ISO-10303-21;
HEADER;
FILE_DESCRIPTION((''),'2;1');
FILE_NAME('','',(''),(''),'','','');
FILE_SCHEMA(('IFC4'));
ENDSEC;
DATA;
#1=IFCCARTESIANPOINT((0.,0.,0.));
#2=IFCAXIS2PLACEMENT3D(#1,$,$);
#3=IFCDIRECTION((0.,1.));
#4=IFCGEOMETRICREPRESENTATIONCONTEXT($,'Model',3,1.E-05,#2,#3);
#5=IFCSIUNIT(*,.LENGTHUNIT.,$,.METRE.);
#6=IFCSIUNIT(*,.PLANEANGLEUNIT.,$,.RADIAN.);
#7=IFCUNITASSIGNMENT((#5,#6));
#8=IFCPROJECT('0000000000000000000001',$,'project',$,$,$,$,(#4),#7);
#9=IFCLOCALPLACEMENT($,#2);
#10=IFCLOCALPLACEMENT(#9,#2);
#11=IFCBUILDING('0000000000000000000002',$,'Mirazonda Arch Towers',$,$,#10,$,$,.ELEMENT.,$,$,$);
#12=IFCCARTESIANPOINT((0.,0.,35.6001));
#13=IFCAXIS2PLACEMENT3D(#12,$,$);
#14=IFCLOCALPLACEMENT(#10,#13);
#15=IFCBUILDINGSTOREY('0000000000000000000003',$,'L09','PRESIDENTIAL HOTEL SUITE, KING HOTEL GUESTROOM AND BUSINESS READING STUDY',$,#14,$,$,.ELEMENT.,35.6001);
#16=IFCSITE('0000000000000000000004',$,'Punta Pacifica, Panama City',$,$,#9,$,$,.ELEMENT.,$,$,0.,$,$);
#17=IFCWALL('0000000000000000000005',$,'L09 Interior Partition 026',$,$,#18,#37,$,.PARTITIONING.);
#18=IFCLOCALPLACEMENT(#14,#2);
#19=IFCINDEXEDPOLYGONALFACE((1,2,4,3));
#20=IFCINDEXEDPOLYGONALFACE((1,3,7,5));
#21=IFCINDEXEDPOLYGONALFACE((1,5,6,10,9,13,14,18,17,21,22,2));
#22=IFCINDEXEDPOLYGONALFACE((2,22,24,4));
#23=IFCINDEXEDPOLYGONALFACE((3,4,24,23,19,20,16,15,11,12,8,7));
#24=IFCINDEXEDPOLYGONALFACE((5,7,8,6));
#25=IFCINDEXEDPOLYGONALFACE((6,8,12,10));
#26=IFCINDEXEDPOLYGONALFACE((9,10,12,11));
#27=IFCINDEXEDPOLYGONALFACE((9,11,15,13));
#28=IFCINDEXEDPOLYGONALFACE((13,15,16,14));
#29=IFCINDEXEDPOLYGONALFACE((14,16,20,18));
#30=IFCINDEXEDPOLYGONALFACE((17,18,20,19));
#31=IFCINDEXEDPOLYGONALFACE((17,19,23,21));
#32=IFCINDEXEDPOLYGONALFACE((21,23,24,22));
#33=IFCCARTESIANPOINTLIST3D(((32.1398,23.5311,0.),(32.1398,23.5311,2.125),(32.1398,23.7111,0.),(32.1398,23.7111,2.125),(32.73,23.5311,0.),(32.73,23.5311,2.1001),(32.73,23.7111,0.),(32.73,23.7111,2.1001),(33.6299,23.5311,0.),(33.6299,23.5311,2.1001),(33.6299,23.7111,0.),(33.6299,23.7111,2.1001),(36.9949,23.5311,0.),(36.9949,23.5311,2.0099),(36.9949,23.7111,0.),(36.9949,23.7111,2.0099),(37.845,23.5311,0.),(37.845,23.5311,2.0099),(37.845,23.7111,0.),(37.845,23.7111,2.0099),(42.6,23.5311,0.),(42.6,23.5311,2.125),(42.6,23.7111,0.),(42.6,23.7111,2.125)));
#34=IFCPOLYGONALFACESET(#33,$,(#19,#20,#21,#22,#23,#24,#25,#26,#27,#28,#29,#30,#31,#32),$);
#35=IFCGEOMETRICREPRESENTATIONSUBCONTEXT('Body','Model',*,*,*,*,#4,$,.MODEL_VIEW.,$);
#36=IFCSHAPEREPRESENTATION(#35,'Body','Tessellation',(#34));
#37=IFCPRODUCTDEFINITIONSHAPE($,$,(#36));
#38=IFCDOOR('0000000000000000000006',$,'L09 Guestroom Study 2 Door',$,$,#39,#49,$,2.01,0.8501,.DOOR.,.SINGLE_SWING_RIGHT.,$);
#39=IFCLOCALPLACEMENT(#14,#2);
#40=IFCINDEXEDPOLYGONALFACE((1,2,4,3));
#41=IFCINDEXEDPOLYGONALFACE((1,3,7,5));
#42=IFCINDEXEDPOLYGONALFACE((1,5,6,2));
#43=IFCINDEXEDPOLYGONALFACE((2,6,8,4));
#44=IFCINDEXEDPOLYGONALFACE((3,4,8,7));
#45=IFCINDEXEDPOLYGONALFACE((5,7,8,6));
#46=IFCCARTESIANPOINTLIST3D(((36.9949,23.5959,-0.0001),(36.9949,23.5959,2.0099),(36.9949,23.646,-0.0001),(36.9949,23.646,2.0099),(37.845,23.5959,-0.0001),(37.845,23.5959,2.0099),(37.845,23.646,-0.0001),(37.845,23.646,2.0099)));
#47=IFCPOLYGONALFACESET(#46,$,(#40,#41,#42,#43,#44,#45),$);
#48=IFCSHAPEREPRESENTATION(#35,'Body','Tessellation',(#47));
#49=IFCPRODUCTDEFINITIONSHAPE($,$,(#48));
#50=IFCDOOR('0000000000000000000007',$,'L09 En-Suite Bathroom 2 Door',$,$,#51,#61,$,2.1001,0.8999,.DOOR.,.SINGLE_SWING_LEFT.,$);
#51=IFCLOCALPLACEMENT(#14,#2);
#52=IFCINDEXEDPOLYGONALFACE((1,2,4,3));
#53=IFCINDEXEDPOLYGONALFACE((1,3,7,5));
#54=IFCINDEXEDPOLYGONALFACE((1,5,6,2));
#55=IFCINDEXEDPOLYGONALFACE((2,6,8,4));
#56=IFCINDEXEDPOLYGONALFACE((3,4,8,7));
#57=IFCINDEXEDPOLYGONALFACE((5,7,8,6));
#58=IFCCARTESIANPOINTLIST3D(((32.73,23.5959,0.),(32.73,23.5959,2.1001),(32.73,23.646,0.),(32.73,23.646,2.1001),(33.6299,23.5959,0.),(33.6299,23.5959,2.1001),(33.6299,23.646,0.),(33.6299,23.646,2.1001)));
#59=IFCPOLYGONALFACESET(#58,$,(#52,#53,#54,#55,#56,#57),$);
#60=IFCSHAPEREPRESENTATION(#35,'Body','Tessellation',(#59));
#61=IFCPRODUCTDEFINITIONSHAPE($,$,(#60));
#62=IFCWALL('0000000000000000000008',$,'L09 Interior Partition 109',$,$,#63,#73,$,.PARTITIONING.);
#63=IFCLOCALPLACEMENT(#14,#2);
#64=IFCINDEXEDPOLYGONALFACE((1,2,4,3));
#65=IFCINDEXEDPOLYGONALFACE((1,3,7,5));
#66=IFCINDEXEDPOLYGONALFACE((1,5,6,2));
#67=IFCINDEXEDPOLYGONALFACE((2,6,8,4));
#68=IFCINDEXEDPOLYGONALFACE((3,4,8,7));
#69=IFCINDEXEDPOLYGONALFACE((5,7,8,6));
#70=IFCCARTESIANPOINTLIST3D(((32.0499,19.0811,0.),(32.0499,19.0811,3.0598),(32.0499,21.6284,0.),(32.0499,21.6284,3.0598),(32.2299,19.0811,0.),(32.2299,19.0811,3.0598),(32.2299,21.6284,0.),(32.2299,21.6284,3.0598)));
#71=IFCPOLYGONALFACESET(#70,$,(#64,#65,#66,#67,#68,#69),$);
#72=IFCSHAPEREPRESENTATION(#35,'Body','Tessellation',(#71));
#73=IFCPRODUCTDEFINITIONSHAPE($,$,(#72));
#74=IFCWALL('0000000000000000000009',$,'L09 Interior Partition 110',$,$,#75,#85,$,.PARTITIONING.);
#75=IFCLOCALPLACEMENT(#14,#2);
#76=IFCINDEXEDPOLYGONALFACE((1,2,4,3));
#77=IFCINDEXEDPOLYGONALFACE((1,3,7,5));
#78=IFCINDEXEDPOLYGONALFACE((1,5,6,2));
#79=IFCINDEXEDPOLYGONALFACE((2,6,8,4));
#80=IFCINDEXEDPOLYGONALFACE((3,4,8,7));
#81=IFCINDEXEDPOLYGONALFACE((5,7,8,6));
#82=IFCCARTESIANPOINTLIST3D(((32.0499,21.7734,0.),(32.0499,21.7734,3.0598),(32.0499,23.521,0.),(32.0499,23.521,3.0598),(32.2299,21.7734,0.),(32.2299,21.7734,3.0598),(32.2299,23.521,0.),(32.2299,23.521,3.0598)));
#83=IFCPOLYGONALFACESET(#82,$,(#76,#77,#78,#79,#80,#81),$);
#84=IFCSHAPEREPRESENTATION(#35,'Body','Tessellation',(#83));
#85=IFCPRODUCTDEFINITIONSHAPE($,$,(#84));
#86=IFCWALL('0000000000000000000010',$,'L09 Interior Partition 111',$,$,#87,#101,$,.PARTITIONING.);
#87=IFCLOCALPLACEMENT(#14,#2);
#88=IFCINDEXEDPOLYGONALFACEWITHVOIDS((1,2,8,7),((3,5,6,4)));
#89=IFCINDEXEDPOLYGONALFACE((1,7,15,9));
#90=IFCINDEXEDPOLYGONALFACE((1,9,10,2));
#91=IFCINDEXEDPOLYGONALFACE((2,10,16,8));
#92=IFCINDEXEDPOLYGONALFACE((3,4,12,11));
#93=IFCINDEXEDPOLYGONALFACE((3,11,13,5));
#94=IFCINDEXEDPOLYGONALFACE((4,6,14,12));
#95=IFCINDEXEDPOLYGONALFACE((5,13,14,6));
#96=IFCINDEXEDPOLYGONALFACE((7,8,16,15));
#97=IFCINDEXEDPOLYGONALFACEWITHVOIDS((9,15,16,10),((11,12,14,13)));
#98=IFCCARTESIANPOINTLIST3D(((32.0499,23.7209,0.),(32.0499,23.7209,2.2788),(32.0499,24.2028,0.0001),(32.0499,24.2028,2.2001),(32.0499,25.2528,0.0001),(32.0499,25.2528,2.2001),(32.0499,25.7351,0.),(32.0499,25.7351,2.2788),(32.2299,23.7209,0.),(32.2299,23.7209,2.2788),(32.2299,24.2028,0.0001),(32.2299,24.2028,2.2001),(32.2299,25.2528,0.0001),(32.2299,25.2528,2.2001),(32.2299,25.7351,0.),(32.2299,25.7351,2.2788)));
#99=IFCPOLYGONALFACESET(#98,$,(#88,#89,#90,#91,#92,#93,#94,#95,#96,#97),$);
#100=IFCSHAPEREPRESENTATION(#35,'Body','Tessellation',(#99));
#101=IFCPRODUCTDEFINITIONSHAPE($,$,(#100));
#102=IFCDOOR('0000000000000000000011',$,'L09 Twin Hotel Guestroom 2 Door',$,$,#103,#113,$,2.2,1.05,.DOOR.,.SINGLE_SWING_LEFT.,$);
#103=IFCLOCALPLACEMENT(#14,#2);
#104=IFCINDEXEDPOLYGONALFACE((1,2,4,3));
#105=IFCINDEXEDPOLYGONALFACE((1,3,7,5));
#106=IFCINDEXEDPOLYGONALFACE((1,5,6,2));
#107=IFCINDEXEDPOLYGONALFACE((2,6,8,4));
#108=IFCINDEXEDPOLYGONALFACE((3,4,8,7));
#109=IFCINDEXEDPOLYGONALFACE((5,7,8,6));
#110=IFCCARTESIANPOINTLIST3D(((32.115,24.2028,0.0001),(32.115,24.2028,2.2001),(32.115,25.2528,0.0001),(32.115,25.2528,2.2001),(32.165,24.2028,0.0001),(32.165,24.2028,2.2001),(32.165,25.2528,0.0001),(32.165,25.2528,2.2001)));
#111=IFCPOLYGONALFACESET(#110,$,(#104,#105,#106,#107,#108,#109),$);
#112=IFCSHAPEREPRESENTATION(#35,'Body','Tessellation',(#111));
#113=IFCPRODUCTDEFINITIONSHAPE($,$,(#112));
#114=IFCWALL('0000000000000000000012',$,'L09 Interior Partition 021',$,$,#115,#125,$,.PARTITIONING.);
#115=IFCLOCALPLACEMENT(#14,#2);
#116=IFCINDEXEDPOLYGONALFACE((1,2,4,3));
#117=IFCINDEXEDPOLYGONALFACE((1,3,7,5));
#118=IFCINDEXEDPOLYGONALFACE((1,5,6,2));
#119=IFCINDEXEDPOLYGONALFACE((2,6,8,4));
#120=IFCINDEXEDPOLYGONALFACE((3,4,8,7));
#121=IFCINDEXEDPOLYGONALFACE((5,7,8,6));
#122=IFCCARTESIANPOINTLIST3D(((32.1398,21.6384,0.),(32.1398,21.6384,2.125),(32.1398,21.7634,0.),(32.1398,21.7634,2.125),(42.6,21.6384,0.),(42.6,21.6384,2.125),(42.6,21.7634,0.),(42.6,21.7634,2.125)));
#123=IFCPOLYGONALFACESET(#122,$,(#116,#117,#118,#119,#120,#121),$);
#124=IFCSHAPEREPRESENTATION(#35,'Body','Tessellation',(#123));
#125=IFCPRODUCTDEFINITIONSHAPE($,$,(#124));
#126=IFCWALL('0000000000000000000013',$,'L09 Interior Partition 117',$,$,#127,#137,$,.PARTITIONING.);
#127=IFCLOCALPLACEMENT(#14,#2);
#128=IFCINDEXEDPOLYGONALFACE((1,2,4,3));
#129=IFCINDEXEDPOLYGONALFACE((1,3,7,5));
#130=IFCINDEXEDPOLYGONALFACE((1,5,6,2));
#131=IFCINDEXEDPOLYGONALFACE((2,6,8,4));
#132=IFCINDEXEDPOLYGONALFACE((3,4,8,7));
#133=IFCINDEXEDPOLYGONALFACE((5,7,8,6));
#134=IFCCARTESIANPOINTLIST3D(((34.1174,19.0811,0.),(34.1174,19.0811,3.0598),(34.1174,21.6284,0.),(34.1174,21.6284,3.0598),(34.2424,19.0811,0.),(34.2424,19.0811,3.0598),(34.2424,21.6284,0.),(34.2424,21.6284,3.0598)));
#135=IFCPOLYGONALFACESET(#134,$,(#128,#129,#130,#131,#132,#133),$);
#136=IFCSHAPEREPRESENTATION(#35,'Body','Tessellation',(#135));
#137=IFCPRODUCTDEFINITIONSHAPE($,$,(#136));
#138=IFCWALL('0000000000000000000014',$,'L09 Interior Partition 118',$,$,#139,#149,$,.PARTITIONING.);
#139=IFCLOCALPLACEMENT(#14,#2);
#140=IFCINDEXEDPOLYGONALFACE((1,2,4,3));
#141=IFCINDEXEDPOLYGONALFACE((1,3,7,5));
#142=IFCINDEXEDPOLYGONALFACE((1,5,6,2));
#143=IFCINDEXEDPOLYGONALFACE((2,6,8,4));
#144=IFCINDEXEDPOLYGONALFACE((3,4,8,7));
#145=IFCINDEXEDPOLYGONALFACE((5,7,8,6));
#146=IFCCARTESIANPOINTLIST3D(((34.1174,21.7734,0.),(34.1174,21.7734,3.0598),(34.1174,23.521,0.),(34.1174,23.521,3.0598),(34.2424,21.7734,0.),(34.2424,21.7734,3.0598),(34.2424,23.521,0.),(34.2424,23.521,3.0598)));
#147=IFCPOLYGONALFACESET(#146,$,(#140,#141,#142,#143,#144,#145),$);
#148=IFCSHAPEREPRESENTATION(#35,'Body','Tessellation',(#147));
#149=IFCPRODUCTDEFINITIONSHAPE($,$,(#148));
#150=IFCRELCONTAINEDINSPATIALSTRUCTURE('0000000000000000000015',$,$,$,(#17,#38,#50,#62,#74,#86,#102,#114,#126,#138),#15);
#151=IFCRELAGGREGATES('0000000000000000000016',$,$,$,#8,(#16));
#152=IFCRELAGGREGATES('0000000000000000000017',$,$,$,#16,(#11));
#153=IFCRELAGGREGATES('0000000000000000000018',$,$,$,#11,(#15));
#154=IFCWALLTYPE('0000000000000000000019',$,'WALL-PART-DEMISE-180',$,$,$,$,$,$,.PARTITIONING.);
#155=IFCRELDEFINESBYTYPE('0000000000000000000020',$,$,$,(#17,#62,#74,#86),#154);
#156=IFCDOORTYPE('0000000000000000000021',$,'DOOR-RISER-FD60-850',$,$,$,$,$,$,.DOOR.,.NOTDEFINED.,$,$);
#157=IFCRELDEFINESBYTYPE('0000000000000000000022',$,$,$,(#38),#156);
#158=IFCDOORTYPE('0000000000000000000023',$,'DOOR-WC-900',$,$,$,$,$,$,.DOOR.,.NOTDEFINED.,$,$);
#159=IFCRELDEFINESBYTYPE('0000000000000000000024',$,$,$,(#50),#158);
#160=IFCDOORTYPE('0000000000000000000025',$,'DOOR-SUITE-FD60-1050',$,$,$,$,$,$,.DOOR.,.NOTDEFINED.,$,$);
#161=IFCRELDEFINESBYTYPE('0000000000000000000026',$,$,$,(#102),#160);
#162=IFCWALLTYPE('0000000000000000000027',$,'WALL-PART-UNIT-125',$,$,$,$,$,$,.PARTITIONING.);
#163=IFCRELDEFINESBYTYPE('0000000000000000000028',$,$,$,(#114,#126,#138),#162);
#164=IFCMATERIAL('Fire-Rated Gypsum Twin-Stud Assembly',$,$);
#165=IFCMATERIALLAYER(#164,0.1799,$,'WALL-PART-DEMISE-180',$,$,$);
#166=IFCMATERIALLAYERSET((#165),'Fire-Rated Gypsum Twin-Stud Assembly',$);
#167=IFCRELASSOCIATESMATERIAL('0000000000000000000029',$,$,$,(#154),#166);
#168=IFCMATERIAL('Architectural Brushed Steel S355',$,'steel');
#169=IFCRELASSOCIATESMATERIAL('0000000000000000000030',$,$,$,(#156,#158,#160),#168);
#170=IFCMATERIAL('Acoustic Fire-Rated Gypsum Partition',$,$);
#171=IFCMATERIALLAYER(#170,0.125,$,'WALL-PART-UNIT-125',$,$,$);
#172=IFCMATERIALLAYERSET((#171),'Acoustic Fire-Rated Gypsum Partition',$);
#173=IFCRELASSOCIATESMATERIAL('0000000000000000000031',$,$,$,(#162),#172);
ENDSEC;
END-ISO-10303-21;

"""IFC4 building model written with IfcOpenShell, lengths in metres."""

from ifc_helpers import new_model, si_unit, direction, frame, frame_2d, origin, place, context, subcontext, project, spatial, rectangle, extrude, material, layer, layer_set, type_object, element, fill, save


model = new_model("IFC4")

# Units and contexts
model_context = context("Model", 3, precision=1e-05, world=origin(), true_north=direction((0.0, 1.0)))
body_context = subcontext(model_context, "Body", "Model", "MODEL_VIEW")
ifc_project = project(units=[si_unit("LENGTHUNIT", "METRE"), si_unit("PLANEANGLEUNIT", "RADIAN")], contexts=[model_context])

# Site, building, storey
site_placement = place(None, origin())
site = spatial("IfcSite", under=ifc_project, at=site_placement, Name="Punta Pacifica, Panama City", CompositionType="ELEMENT", RefElevation=0.0)
building_placement = place(site_placement, origin())
building = spatial("IfcBuilding", under=site, at=building_placement, Name="Mirazonda Arch Towers", CompositionType="ELEMENT")
storey_placement = place(building_placement, frame((0.0, 0.0, 35.6001)))
storey = spatial("IfcBuildingStorey", under=building, at=storey_placement, Name="L09", Description="PRESIDENTIAL HOTEL SUITE, KING HOTEL GUESTROOM AND BUSINESS READING STUDY", CompositionType="ELEMENT", Elevation=35.6001)

# Wall, openings, doors
ifc_material_1 = material(Name="Fire-Rated Gypsum Twin-Stud Assembly")
ifc_layer_1 = layer(ifc_material_1, 0.1799, Name="WALL-PART-DEMISE-180")
ifc_layer_set_1 = layer_set([ifc_layer_1], Name="Fire-Rated Gypsum Twin-Stud Assembly")
wall_type_1 = type_object("IfcWallType", Name="WALL-PART-DEMISE-180", PredefinedType="PARTITIONING", material=ifc_layer_set_1)
ifc_material_2 = material(Name="Architectural Brushed Steel S355", Category="steel")
door_type_1 = type_object("IfcDoorType", Name="DOOR-RISER-FD60-850", OperationType="NOTDEFINED", PredefinedType="DOOR", material=ifc_material_2)
door_type_2 = type_object("IfcDoorType", Name="DOOR-WC-900", OperationType="NOTDEFINED", PredefinedType="DOOR", material=ifc_material_2)
wall_1_placement = place(storey_placement, frame((32.1399, 23.6211, 0.0), z_axis=(0.0, 0.0, 1.0), x_axis=(1.0, 0.0, 0.0)))
wall_1 = element("IfcWall", 1, at=wall_1_placement, inside=storey, type_object=wall_type_1, Name="L09 Interior Partition 026", PredefinedType="PARTITIONING", context=body_context, shape_type="SweptSolid", body=[
    extrude(rectangle(XDim=10.4602, YDim=0.1799, at=frame_2d((5.23, 0.0))), origin(), (0.0, 0.0, 1.0), 2.125),
])
opening_1_placement = place(wall_1_placement, frame((4.855, 0.0, 0.0)))
opening_1 = element("IfcOpeningElement", 2, at=opening_1_placement, cuts=wall_1, PredefinedType="OPENING", context=body_context, shape_type="SweptSolid", body=[
    extrude(rectangle(XDim=0.8501, YDim=2.01, at=frame_2d((0.425, 1.0049))), frame((0.0, 0.0999, 0.0), z_axis=(0.0, -1.0, 0.0), x_axis=(1.0, 0.0, 0.0)), (0.0, 0.0, 1.0), 0.2),
])
opening_2_placement = place(wall_1_placement, frame((0.5901, 0.0, 0.0)))
opening_2 = element("IfcOpeningElement", 3, at=opening_2_placement, cuts=wall_1, PredefinedType="OPENING", context=body_context, shape_type="SweptSolid", body=[
    extrude(rectangle(XDim=0.8999, YDim=2.1001, at=frame_2d((0.45, 1.05))), frame((0.0, 0.0999, 0.0), z_axis=(0.0, -1.0, 0.0), x_axis=(1.0, 0.0, 0.0)), (0.0, 0.0, 1.0), 0.2),
])
door_1_placement = place(opening_1_placement, origin())
door_1 = element("IfcDoor", 4, at=door_1_placement, inside=storey, type_object=door_type_1, Name="L09 Guestroom Study 2 Door", OperationType="SINGLE_SWING_RIGHT", OverallHeight=2.01, OverallWidth=0.8501, PredefinedType="DOOR", context=body_context, shape_type="SweptSolid", body=[
    extrude(rectangle(XDim=0.8501, YDim=2.01, at=frame_2d((0.425, 1.0049))), frame((0.0, 0.0249, 0.0), z_axis=(0.0, -1.0, 0.0), x_axis=(1.0, 0.0, 0.0)), (0.0, 0.0, 1.0), 0.05),
])
fill(opening_1, door_1)
door_2_placement = place(opening_2_placement, origin())
door_2 = element("IfcDoor", 5, at=door_2_placement, inside=storey, type_object=door_type_2, Name="L09 En-Suite Bathroom 2 Door", OperationType="SINGLE_SWING_LEFT", OverallHeight=2.1001, OverallWidth=0.8999, PredefinedType="DOOR", context=body_context, shape_type="SweptSolid", body=[
    extrude(rectangle(XDim=0.8999, YDim=2.1001, at=frame_2d((0.45, 1.05))), frame((0.0, 0.0249, 0.0), z_axis=(0.0, -1.0, 0.0), x_axis=(1.0, 0.0, 0.0)), (0.0, 0.0, 1.0), 0.05),
])
fill(opening_2, door_2)

# Walls
wall_2_placement = place(storey_placement, frame((32.1399, 19.0811, 0.0), z_axis=(0.0, 0.0, 1.0), x_axis=(0.0, 1.0, 0.0)))
element("IfcWall", 6, at=wall_2_placement, inside=storey, type_object=wall_type_1, Name="L09 Interior Partition 109", PredefinedType="PARTITIONING", context=body_context, shape_type="SweptSolid", body=[
    extrude(rectangle(XDim=2.5474, YDim=0.1799, at=frame_2d((1.2737, 0.0))), origin(), (0.0, 0.0, 1.0), 3.0598),
])
wall_3_placement = place(storey_placement, frame((32.1399, 21.7734, 0.0), z_axis=(0.0, 0.0, 1.0), x_axis=(0.0, 1.0, 0.0)))
element("IfcWall", 7, at=wall_3_placement, inside=storey, type_object=wall_type_1, Name="L09 Interior Partition 110", PredefinedType="PARTITIONING", context=body_context, shape_type="SweptSolid", body=[
    extrude(rectangle(XDim=1.7476, YDim=0.1799, at=frame_2d((0.8738, 0.0))), origin(), (0.0, 0.0, 1.0), 3.0598),
])

# Wall, opening, door
wall_4_placement = place(storey_placement, frame((32.1399, 23.7209, 0.0), z_axis=(0.0, 0.0, 1.0), x_axis=(0.0, 1.0, 0.0)))
wall_4 = element("IfcWall", 8, at=wall_4_placement, inside=storey, type_object=wall_type_1, Name="L09 Interior Partition 111", PredefinedType="PARTITIONING", context=body_context, shape_type="SweptSolid", body=[
    extrude(rectangle(XDim=2.0142, YDim=0.1799, at=frame_2d((1.0071, 0.0))), origin(), (0.0, 0.0, 1.0), 2.2788),
])
opening_3_placement = place(wall_4_placement, frame((0.4819, 0.0, 0.0)))
opening_3 = element("IfcOpeningElement", 9, at=opening_3_placement, cuts=wall_4, PredefinedType="OPENING", context=body_context, shape_type="SweptSolid", body=[
    extrude(rectangle(XDim=1.05, YDim=2.2, at=frame_2d((0.5249, 1.1001))), frame((0.0, 0.0999, 0.0), z_axis=(0.0, -1.0, 0.0), x_axis=(1.0, 0.0, 0.0)), (0.0, 0.0, 1.0), 0.2),
])
door_type_3 = type_object("IfcDoorType", Name="DOOR-SUITE-FD60-1050", OperationType="NOTDEFINED", PredefinedType="DOOR", material=ifc_material_2)
door_3_placement = place(opening_3_placement, origin())
door_3 = element("IfcDoor", 10, at=door_3_placement, inside=storey, type_object=door_type_3, Name="L09 Twin Hotel Guestroom 2 Door", OperationType="SINGLE_SWING_LEFT", OverallHeight=2.2, OverallWidth=1.05, PredefinedType="DOOR", context=body_context, shape_type="SweptSolid", body=[
    extrude(rectangle(XDim=1.05, YDim=2.2, at=frame_2d((0.5249, 1.1001))), frame((0.0, 0.0249, 0.0), z_axis=(0.0, -1.0, 0.0), x_axis=(1.0, 0.0, 0.0)), (0.0, 0.0, 1.0), 0.05),
])
fill(opening_3, door_3)

# Walls
ifc_material_3 = material(Name="Acoustic Fire-Rated Gypsum Partition")
ifc_layer_2 = layer(ifc_material_3, 0.125, Name="WALL-PART-UNIT-125")
ifc_layer_set_2 = layer_set([ifc_layer_2], Name="Acoustic Fire-Rated Gypsum Partition")
wall_type_2 = type_object("IfcWallType", Name="WALL-PART-UNIT-125", PredefinedType="PARTITIONING", material=ifc_layer_set_2)
wall_5_placement = place(storey_placement, frame((32.1399, 21.7009, 0.0), z_axis=(0.0, 0.0, 1.0), x_axis=(1.0, 0.0, 0.0)))
element("IfcWall", 11, at=wall_5_placement, inside=storey, type_object=wall_type_2, Name="L09 Interior Partition 021", PredefinedType="PARTITIONING", context=body_context, shape_type="SweptSolid", body=[
    extrude(rectangle(XDim=10.4602, YDim=0.125, at=frame_2d((5.23, 0.0))), origin(), (0.0, 0.0, 1.0), 2.125),
])
wall_6_placement = place(storey_placement, frame((34.1799, 19.0811, 0.0), z_axis=(0.0, 0.0, 1.0), x_axis=(0.0, 1.0, 0.0)))
element("IfcWall", 12, at=wall_6_placement, inside=storey, type_object=wall_type_2, Name="L09 Interior Partition 117", PredefinedType="PARTITIONING", context=body_context, shape_type="SweptSolid", body=[
    extrude(rectangle(XDim=2.5474, YDim=0.125, at=frame_2d((1.2737, 0.0))), origin(), (0.0, 0.0, 1.0), 3.0598),
])
wall_7_placement = place(storey_placement, frame((34.1799, 21.7734, 0.0), z_axis=(0.0, 0.0, 1.0), x_axis=(0.0, 1.0, 0.0)))
element("IfcWall", 13, at=wall_7_placement, inside=storey, type_object=wall_type_2, Name="L09 Interior Partition 118", PredefinedType="PARTITIONING", context=body_context, shape_type="SweptSolid", body=[
    extrude(rectangle(XDim=1.7476, YDim=0.125, at=frame_2d((0.8738, 0.0))), origin(), (0.0, 0.0, 1.0), 3.0598),
])

save(model, "model.ifc")
